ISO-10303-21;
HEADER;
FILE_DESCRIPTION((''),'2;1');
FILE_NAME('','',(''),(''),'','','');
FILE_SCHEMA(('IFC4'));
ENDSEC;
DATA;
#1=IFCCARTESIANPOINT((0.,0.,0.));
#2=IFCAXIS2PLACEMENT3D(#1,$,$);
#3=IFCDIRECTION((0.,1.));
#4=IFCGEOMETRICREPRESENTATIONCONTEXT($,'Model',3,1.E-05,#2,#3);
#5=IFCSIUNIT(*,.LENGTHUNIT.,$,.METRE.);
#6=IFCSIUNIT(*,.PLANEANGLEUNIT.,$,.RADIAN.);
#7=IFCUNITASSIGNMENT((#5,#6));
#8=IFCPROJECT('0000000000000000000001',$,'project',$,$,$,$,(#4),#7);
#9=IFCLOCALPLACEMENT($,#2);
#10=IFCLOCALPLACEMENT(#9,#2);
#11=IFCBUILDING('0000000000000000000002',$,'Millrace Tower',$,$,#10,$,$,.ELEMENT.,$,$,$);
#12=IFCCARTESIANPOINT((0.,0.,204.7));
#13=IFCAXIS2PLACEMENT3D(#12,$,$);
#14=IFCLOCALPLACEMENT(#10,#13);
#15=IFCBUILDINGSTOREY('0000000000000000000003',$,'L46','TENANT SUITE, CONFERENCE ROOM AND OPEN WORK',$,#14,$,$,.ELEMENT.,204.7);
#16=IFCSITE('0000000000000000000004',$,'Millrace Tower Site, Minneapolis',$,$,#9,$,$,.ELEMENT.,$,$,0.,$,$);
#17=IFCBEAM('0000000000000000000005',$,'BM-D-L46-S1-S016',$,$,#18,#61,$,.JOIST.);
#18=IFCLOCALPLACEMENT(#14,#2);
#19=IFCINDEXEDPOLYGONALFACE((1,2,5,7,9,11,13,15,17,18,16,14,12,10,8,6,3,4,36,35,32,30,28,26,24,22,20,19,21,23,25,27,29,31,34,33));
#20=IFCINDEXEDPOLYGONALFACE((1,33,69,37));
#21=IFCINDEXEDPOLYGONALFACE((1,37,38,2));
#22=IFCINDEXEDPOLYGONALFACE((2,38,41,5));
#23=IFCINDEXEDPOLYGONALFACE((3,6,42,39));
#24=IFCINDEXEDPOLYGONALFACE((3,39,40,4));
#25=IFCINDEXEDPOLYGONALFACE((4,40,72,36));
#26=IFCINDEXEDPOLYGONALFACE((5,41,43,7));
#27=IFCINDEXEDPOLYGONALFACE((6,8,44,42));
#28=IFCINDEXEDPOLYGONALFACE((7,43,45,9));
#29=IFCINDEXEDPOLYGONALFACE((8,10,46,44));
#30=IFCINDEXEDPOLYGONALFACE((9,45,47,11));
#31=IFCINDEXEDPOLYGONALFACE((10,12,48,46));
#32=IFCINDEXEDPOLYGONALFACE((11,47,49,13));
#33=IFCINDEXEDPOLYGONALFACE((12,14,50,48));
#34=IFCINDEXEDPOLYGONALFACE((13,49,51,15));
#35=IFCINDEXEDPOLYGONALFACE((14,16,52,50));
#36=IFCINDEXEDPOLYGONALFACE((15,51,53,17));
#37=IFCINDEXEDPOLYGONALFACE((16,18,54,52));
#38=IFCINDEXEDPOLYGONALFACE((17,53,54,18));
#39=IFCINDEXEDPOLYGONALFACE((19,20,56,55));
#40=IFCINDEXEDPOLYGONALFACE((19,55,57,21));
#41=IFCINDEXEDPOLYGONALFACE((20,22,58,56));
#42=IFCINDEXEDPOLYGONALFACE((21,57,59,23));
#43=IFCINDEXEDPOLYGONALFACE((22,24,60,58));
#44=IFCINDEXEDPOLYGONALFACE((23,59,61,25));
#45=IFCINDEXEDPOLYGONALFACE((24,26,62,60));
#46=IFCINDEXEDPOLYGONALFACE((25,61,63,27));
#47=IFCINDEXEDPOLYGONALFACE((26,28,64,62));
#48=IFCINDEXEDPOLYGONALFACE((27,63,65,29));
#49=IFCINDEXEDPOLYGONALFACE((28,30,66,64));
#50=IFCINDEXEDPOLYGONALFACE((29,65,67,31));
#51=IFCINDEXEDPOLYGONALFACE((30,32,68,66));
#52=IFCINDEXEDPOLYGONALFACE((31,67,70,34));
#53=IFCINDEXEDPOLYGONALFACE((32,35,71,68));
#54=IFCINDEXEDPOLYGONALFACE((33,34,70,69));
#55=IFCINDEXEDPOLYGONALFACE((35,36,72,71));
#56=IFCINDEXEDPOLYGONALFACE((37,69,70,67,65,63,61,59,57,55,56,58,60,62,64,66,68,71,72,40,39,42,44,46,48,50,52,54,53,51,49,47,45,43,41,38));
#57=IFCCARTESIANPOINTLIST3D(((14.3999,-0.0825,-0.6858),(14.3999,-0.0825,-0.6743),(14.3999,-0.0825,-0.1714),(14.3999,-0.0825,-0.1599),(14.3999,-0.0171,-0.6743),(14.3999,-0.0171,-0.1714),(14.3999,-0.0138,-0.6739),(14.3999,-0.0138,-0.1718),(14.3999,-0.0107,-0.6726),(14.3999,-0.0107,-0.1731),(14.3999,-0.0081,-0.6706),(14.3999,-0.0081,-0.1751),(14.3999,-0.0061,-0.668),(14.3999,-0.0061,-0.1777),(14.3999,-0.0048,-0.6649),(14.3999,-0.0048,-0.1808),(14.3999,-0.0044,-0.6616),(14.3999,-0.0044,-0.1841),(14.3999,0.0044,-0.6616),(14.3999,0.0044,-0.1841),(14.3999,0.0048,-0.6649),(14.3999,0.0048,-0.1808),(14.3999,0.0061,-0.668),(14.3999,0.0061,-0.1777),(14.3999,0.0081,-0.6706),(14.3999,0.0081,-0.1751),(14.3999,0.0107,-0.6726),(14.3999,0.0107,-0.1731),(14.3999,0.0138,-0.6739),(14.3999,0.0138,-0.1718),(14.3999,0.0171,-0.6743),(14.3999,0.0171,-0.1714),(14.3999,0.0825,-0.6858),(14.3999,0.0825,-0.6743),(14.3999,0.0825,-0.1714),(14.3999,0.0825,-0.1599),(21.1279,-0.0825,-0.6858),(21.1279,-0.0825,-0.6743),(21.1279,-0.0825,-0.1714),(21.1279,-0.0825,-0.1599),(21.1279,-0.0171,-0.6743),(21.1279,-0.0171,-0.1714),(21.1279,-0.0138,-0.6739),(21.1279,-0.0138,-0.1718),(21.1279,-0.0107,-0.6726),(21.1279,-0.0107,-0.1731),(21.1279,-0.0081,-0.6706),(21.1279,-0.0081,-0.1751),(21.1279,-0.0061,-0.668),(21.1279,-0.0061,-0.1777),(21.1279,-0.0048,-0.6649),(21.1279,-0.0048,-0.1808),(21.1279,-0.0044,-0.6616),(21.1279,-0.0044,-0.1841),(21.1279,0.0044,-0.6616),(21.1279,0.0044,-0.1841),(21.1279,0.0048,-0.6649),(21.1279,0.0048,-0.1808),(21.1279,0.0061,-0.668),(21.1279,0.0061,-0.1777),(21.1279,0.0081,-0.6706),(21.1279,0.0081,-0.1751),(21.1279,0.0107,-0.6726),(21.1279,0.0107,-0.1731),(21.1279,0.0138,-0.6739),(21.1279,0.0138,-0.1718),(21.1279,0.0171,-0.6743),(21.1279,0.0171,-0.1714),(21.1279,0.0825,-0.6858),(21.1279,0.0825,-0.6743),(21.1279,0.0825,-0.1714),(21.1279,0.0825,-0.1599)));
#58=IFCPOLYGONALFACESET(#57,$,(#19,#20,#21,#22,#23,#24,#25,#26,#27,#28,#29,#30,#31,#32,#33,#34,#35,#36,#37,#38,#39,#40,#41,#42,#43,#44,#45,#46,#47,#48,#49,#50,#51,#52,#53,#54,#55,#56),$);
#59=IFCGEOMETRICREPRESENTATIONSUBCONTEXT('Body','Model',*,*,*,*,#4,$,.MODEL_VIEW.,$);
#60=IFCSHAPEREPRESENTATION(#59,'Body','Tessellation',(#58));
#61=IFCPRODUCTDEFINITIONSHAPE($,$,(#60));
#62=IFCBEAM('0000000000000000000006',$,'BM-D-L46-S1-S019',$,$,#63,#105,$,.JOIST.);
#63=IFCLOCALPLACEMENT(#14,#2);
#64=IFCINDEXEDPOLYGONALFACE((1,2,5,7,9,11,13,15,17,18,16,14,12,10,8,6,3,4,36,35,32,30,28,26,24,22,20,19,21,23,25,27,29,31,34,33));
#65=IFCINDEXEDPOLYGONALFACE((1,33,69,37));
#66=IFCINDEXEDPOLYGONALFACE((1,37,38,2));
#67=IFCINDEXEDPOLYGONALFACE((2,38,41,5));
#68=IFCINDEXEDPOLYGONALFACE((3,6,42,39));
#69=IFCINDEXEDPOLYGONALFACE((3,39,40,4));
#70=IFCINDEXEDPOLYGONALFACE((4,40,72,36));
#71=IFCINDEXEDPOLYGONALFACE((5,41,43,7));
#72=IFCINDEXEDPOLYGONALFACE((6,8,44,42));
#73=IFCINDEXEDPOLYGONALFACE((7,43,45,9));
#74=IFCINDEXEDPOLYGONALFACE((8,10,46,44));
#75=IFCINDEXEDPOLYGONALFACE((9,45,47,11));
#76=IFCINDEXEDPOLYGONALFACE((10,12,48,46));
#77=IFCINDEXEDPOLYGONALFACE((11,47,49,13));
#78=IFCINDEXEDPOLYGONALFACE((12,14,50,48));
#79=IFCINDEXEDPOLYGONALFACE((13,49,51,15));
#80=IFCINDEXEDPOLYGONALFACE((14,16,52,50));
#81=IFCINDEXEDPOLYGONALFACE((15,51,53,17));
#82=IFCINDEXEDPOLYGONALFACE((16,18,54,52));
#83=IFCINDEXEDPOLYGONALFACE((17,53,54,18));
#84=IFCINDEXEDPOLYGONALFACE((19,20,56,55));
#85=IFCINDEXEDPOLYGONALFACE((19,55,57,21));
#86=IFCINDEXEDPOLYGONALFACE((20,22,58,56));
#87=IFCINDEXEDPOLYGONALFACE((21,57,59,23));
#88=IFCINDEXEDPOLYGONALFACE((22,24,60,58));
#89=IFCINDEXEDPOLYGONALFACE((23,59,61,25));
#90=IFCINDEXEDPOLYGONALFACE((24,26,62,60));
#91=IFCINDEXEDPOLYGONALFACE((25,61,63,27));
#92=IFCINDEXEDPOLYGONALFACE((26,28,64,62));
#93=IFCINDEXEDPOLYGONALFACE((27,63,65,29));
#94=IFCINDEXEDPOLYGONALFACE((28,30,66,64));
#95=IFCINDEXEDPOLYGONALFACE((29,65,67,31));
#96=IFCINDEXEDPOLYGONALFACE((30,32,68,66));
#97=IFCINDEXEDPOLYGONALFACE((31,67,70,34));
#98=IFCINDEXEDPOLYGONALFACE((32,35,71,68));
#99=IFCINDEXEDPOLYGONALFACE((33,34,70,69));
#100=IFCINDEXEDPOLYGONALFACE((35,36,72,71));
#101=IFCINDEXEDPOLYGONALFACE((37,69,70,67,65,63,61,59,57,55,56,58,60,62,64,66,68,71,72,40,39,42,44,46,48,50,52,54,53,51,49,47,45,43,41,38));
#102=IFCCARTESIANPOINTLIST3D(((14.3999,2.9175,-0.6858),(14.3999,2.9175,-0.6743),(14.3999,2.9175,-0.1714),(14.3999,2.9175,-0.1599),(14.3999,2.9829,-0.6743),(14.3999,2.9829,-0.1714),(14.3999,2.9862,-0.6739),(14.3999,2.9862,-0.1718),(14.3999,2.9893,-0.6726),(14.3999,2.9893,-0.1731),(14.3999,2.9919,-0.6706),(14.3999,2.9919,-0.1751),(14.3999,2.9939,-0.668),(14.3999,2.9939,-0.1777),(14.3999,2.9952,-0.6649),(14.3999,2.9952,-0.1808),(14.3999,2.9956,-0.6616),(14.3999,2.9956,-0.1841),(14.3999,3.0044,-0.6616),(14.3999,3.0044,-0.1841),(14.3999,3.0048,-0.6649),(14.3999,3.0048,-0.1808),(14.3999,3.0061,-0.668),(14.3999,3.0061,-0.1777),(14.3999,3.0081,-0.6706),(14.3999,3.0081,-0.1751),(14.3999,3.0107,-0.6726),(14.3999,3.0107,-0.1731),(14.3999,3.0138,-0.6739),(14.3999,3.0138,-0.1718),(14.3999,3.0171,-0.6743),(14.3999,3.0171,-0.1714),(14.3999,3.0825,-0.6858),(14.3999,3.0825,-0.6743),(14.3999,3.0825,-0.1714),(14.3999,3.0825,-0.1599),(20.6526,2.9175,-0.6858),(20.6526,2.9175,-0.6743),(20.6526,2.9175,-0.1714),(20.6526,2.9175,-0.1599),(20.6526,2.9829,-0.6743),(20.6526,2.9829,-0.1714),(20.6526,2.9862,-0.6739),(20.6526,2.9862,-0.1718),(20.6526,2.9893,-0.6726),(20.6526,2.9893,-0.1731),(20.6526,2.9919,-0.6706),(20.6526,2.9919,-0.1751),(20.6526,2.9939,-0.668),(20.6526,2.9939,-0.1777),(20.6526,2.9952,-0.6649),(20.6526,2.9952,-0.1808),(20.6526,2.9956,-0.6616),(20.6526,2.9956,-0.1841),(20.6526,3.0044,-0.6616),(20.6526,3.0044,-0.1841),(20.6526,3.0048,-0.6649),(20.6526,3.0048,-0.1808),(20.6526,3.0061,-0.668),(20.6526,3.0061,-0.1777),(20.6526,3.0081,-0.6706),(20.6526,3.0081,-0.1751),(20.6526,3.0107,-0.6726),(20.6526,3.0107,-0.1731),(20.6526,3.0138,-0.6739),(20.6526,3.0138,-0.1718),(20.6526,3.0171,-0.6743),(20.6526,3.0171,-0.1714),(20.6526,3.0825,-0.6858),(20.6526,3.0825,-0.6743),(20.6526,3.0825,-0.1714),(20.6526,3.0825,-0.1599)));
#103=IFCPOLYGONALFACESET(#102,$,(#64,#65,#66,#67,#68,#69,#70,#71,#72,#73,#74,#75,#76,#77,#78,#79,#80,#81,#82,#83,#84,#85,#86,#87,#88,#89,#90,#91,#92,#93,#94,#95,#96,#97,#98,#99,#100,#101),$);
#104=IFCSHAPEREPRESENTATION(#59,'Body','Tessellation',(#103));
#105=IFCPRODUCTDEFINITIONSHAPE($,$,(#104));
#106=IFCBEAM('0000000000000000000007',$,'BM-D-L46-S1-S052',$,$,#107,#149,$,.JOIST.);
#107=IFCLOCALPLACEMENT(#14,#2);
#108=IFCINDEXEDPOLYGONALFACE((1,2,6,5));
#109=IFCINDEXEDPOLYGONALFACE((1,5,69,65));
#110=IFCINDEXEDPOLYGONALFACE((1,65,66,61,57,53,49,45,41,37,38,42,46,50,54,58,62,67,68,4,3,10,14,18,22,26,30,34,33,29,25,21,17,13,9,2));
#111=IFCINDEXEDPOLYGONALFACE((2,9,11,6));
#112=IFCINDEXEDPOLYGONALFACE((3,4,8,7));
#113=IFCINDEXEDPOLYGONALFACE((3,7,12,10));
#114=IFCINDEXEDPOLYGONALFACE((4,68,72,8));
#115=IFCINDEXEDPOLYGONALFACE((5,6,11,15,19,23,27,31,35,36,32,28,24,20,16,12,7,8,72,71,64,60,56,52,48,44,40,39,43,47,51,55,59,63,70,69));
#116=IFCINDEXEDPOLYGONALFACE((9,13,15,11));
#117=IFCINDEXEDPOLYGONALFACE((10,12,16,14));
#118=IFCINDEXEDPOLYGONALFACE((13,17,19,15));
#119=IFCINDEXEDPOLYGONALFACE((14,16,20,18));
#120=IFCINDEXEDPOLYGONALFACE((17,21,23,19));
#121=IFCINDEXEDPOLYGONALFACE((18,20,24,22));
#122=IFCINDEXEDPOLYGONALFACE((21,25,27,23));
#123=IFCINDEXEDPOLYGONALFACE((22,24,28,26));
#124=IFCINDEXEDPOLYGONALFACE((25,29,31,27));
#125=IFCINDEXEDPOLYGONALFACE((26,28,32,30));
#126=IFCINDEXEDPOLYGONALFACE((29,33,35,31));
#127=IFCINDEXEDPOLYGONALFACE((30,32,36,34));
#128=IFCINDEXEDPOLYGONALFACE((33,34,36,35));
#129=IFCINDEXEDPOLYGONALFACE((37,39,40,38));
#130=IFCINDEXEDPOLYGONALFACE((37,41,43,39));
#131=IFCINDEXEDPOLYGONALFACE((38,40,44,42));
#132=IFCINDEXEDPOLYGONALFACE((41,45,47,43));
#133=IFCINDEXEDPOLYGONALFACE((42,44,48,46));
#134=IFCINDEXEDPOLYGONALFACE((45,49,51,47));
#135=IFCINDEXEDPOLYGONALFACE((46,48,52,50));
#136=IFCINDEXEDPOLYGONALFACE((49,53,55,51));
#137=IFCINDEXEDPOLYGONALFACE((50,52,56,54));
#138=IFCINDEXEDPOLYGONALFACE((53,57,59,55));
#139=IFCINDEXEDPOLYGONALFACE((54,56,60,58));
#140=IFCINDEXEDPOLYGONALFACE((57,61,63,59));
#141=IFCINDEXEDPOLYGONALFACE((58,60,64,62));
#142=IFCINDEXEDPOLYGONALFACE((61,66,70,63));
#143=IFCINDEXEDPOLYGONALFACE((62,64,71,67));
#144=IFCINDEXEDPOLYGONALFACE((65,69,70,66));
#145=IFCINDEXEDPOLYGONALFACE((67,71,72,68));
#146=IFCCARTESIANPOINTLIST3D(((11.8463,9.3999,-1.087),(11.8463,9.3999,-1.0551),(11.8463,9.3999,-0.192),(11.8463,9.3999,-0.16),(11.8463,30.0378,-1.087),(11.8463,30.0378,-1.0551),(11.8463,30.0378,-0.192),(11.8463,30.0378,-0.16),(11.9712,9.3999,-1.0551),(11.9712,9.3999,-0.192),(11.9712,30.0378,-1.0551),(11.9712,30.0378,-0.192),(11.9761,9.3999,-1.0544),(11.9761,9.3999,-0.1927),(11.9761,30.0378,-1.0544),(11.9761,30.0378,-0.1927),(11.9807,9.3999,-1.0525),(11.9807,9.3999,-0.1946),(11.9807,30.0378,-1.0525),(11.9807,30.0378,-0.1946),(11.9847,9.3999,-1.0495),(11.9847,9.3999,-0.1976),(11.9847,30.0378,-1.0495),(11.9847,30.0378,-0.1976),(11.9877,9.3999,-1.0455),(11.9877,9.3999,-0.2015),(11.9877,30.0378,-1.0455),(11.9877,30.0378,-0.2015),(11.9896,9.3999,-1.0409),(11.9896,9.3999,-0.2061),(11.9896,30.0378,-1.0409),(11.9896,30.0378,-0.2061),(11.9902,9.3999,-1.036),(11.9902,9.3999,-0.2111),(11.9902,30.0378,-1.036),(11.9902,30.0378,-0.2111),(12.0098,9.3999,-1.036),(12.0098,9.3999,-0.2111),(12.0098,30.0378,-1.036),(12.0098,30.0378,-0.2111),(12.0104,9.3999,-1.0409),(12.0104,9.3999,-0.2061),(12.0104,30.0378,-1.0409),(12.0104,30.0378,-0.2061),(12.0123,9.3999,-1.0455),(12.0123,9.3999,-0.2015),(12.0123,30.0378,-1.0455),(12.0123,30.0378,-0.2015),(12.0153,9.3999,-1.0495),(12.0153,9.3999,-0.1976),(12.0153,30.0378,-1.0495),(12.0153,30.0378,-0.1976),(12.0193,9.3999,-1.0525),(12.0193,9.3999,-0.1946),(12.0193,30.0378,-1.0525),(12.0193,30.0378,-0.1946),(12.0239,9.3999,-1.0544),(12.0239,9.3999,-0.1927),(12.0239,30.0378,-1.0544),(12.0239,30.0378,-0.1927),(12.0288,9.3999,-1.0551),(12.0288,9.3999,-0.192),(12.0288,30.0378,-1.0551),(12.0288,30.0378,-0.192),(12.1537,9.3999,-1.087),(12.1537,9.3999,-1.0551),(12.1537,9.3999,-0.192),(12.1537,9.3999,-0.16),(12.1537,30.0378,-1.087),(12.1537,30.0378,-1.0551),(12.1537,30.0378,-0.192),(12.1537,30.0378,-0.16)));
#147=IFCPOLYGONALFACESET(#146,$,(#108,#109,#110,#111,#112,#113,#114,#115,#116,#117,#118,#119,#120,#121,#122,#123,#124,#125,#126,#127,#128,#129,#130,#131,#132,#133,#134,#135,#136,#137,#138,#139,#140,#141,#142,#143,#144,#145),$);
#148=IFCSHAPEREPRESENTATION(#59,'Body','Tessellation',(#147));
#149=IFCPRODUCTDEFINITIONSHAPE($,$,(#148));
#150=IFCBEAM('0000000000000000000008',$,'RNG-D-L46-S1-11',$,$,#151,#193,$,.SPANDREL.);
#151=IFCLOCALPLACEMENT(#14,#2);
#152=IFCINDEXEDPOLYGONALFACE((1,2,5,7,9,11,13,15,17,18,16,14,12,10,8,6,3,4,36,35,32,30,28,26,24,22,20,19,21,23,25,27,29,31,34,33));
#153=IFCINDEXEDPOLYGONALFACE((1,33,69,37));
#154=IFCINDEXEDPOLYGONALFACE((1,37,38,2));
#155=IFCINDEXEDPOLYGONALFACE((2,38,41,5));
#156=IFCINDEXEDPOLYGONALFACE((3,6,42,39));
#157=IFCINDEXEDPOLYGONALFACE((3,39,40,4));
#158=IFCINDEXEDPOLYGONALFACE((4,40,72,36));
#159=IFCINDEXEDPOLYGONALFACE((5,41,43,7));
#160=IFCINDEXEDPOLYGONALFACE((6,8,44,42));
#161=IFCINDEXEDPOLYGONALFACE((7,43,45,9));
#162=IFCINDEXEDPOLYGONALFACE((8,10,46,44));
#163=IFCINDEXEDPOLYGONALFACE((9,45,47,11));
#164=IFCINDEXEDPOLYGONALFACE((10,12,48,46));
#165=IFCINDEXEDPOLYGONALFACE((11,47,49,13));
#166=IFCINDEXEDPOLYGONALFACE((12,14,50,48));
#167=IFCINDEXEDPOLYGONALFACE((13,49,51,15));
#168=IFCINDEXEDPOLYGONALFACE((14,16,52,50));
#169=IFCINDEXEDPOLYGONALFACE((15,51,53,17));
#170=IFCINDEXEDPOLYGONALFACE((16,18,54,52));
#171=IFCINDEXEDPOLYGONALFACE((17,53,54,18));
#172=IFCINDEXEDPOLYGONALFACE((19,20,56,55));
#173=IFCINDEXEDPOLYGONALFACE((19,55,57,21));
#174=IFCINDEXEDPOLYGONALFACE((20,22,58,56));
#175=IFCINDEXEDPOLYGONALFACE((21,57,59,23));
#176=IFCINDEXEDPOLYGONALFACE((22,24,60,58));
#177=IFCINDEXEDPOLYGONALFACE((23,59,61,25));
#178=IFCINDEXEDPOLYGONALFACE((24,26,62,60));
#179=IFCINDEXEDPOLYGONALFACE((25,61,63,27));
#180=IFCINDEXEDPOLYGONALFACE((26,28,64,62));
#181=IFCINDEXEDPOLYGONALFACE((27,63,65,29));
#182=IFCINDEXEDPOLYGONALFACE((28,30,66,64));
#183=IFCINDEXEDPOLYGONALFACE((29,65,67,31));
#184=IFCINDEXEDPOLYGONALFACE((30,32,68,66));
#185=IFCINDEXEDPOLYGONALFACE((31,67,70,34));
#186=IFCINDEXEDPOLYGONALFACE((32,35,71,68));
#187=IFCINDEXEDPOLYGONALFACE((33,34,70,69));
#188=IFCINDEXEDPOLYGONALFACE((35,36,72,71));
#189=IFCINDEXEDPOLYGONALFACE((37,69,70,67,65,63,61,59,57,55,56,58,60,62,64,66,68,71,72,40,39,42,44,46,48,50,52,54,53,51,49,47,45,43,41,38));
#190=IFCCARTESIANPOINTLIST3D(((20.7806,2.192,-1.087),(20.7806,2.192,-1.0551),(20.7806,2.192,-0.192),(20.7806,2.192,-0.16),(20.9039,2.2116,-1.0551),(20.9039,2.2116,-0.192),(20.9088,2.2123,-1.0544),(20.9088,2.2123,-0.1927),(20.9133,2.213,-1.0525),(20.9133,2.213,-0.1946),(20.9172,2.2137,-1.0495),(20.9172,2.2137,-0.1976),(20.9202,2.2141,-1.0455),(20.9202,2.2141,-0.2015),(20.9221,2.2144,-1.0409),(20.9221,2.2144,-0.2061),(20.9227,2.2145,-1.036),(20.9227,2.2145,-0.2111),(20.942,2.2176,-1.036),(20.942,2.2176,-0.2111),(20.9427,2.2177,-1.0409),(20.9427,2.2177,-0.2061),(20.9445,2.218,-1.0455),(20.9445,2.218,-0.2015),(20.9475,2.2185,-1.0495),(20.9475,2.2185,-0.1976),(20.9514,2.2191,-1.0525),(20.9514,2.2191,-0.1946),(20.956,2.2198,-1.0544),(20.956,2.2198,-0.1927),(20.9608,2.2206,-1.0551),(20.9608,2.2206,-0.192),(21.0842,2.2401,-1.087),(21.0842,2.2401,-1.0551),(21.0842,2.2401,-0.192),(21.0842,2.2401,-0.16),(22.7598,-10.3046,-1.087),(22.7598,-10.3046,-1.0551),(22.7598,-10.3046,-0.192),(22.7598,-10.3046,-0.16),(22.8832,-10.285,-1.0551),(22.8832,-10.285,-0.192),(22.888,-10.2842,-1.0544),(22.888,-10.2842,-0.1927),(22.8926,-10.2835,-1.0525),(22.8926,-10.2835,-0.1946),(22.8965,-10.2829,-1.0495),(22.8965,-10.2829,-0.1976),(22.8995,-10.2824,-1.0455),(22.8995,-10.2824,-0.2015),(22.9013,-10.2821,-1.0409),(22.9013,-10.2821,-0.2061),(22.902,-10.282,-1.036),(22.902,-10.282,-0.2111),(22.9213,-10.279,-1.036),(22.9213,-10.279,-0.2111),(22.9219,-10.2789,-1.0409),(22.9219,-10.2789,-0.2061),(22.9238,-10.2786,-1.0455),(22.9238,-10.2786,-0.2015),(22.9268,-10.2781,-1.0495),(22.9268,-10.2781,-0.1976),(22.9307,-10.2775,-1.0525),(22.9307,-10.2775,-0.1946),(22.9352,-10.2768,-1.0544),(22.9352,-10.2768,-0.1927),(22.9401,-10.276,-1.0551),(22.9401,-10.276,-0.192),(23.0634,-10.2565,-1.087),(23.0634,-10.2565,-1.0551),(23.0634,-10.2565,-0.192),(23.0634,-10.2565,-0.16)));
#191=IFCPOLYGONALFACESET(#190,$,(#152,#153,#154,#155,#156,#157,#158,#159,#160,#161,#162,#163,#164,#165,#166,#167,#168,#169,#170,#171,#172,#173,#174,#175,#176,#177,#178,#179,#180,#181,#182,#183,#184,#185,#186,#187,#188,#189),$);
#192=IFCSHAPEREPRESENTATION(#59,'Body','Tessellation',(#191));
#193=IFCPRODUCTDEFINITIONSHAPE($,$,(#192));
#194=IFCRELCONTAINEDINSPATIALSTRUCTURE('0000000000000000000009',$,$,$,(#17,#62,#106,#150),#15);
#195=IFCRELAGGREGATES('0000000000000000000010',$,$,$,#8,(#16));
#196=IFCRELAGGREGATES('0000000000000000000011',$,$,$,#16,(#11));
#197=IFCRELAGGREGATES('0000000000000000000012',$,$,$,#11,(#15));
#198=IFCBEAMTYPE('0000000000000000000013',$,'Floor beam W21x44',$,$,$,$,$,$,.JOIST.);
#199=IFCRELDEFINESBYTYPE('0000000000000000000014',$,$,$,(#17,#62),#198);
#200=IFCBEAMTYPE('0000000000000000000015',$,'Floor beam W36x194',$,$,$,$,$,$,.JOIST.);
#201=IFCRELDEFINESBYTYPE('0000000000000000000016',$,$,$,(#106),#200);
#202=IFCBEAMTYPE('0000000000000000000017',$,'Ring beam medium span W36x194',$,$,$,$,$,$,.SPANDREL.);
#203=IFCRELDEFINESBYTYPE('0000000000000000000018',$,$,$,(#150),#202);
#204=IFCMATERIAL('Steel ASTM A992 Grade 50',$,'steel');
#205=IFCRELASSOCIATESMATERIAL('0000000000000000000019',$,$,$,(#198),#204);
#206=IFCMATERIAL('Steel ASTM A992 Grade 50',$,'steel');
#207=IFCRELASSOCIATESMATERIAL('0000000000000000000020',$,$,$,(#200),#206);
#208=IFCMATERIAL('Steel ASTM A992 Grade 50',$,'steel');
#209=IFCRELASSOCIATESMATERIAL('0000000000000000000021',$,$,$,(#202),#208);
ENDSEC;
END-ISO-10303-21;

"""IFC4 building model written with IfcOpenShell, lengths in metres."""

from ifc_helpers import new_model, si_unit, direction, frame, origin, origin_2d, place, context, subcontext, project, spatial, i_section, extrude, material, material_profile, profile_set, type_object, element, save


model = new_model("IFC4")

# Units and contexts
model_context = context("Model", 3, precision=1e-05, world=origin(), true_north=direction((0.0, 1.0)))
body_context = subcontext(model_context, "Body", "Model", "MODEL_VIEW")
ifc_project = project(units=[si_unit("LENGTHUNIT", "METRE"), si_unit("PLANEANGLEUNIT", "RADIAN")], contexts=[model_context])

# Site, building, storey
site_placement = place(None, origin())
site = spatial("IfcSite", under=ifc_project, at=site_placement, Name="Millrace Tower Site, Minneapolis", CompositionType="ELEMENT", RefElevation=0.0)
building_placement = place(site_placement, origin())
building = spatial("IfcBuilding", under=site, at=building_placement, Name="Millrace Tower", CompositionType="ELEMENT")
storey_placement = place(building_placement, frame((0.0, 0.0, 204.7)))
storey = spatial("IfcBuildingStorey", under=building, at=storey_placement, Name="L46", Description="TENANT SUITE, CONFERENCE ROOM AND OPEN WORK", CompositionType="ELEMENT", Elevation=204.7)

# Beams
ifc_material_1 = material(Name="Steel ASTM A992 Grade 50", Category="steel")
ifc_material_profile_1 = material_profile(ifc_material_1, i_section(OverallWidth=0.165, OverallDepth=0.5259, WebThickness=0.0088, FlangeThickness=0.0115, FilletRadius=0.0127, at=origin_2d()))
ifc_profile_set_1 = profile_set([ifc_material_profile_1], Name="Steel ASTM A992 Grade 50")
beam_type_1 = type_object("IfcBeamType", Name="Floor beam W21x44", PredefinedType="JOIST", material=ifc_profile_set_1)
beam_1_placement = place(storey_placement, frame((14.3999, 0.0, -0.4229), z_axis=(1.0, 0.0, 0.0), x_axis=(0.0, 1.0, 0.0)))
element("IfcBeam", 1, at=beam_1_placement, inside=storey, type_object=beam_type_1, Name="BM-D-L46-S1-S016", PredefinedType="JOIST", context=body_context, shape_type="SweptSolid", body=[
    extrude(i_section(OverallWidth=0.165, OverallDepth=0.5259, WebThickness=0.0088, FlangeThickness=0.0115, FilletRadius=0.0127, at=origin_2d()), origin(), (0.0, 0.0, 1.0), 6.728),
])
beam_2_placement = place(storey_placement, frame((14.3999, 3.0, -0.4229), z_axis=(1.0, 0.0, 0.0), x_axis=(0.0, 1.0, 0.0)))
element("IfcBeam", 2, at=beam_2_placement, inside=storey, type_object=beam_type_1, Name="BM-D-L46-S1-S019", PredefinedType="JOIST", context=body_context, shape_type="SweptSolid", body=[
    extrude(i_section(OverallWidth=0.165, OverallDepth=0.5259, WebThickness=0.0088, FlangeThickness=0.0115, FilletRadius=0.0127, at=origin_2d()), origin(), (0.0, 0.0, 1.0), 6.2527),
])
ifc_material_2 = material(Name="Steel ASTM A992 Grade 50", Category="steel")
ifc_material_profile_2 = material_profile(ifc_material_2, i_section(OverallWidth=0.3074, OverallDepth=0.927, WebThickness=0.0195, FlangeThickness=0.032, FilletRadius=0.019, at=origin_2d()))
ifc_profile_set_2 = profile_set([ifc_material_profile_2], Name="Steel ASTM A992 Grade 50")
beam_type_2 = type_object("IfcBeamType", Name="Floor beam W36x194", PredefinedType="JOIST", material=ifc_profile_set_2)
beam_3_placement = place(storey_placement, frame((12.0, 9.3999, -0.6235), z_axis=(0.0, 1.0, 0.0), x_axis=(-1.0, 0.0, 0.0)))
element("IfcBeam", 3, at=beam_3_placement, inside=storey, type_object=beam_type_2, Name="BM-D-L46-S1-S052", PredefinedType="JOIST", context=body_context, shape_type="SweptSolid", body=[
    extrude(i_section(OverallWidth=0.3074, OverallDepth=0.927, WebThickness=0.0195, FlangeThickness=0.032, FilletRadius=0.019, at=origin_2d()), origin(), (0.0, 0.0, 1.0), 20.6379),
])
ifc_material_3 = material(Name="Steel ASTM A992 Grade 50", Category="steel")
ifc_material_profile_3 = material_profile(ifc_material_3, i_section(OverallWidth=0.3074, OverallDepth=0.927, WebThickness=0.0195, FlangeThickness=0.032, FilletRadius=0.019, at=origin_2d()))
ifc_profile_set_3 = profile_set([ifc_material_profile_3], Name="Steel ASTM A992 Grade 50")
beam_type_3 = type_object("IfcBeamType", Name="Ring beam medium span W36x194", PredefinedType="SPANDREL", material=ifc_profile_set_3)
beam_4_placement = place(storey_placement, frame((20.9324, 2.2161, -0.6235), z_axis=(0.156433, -0.987689, 0.0), x_axis=(0.987689, 0.156433, 0.0)))
element("IfcBeam", 4, at=beam_4_placement, inside=storey, type_object=beam_type_3, Name="RNG-D-L46-S1-11", PredefinedType="SPANDREL", context=body_context, shape_type="SweptSolid", body=[
    extrude(i_section(OverallWidth=0.3074, OverallDepth=0.927, WebThickness=0.0195, FlangeThickness=0.032, FilletRadius=0.019, at=origin_2d()), origin(), (0.0, 0.0, 1.0), 12.6523),
])

save(model, "model.ifc")
